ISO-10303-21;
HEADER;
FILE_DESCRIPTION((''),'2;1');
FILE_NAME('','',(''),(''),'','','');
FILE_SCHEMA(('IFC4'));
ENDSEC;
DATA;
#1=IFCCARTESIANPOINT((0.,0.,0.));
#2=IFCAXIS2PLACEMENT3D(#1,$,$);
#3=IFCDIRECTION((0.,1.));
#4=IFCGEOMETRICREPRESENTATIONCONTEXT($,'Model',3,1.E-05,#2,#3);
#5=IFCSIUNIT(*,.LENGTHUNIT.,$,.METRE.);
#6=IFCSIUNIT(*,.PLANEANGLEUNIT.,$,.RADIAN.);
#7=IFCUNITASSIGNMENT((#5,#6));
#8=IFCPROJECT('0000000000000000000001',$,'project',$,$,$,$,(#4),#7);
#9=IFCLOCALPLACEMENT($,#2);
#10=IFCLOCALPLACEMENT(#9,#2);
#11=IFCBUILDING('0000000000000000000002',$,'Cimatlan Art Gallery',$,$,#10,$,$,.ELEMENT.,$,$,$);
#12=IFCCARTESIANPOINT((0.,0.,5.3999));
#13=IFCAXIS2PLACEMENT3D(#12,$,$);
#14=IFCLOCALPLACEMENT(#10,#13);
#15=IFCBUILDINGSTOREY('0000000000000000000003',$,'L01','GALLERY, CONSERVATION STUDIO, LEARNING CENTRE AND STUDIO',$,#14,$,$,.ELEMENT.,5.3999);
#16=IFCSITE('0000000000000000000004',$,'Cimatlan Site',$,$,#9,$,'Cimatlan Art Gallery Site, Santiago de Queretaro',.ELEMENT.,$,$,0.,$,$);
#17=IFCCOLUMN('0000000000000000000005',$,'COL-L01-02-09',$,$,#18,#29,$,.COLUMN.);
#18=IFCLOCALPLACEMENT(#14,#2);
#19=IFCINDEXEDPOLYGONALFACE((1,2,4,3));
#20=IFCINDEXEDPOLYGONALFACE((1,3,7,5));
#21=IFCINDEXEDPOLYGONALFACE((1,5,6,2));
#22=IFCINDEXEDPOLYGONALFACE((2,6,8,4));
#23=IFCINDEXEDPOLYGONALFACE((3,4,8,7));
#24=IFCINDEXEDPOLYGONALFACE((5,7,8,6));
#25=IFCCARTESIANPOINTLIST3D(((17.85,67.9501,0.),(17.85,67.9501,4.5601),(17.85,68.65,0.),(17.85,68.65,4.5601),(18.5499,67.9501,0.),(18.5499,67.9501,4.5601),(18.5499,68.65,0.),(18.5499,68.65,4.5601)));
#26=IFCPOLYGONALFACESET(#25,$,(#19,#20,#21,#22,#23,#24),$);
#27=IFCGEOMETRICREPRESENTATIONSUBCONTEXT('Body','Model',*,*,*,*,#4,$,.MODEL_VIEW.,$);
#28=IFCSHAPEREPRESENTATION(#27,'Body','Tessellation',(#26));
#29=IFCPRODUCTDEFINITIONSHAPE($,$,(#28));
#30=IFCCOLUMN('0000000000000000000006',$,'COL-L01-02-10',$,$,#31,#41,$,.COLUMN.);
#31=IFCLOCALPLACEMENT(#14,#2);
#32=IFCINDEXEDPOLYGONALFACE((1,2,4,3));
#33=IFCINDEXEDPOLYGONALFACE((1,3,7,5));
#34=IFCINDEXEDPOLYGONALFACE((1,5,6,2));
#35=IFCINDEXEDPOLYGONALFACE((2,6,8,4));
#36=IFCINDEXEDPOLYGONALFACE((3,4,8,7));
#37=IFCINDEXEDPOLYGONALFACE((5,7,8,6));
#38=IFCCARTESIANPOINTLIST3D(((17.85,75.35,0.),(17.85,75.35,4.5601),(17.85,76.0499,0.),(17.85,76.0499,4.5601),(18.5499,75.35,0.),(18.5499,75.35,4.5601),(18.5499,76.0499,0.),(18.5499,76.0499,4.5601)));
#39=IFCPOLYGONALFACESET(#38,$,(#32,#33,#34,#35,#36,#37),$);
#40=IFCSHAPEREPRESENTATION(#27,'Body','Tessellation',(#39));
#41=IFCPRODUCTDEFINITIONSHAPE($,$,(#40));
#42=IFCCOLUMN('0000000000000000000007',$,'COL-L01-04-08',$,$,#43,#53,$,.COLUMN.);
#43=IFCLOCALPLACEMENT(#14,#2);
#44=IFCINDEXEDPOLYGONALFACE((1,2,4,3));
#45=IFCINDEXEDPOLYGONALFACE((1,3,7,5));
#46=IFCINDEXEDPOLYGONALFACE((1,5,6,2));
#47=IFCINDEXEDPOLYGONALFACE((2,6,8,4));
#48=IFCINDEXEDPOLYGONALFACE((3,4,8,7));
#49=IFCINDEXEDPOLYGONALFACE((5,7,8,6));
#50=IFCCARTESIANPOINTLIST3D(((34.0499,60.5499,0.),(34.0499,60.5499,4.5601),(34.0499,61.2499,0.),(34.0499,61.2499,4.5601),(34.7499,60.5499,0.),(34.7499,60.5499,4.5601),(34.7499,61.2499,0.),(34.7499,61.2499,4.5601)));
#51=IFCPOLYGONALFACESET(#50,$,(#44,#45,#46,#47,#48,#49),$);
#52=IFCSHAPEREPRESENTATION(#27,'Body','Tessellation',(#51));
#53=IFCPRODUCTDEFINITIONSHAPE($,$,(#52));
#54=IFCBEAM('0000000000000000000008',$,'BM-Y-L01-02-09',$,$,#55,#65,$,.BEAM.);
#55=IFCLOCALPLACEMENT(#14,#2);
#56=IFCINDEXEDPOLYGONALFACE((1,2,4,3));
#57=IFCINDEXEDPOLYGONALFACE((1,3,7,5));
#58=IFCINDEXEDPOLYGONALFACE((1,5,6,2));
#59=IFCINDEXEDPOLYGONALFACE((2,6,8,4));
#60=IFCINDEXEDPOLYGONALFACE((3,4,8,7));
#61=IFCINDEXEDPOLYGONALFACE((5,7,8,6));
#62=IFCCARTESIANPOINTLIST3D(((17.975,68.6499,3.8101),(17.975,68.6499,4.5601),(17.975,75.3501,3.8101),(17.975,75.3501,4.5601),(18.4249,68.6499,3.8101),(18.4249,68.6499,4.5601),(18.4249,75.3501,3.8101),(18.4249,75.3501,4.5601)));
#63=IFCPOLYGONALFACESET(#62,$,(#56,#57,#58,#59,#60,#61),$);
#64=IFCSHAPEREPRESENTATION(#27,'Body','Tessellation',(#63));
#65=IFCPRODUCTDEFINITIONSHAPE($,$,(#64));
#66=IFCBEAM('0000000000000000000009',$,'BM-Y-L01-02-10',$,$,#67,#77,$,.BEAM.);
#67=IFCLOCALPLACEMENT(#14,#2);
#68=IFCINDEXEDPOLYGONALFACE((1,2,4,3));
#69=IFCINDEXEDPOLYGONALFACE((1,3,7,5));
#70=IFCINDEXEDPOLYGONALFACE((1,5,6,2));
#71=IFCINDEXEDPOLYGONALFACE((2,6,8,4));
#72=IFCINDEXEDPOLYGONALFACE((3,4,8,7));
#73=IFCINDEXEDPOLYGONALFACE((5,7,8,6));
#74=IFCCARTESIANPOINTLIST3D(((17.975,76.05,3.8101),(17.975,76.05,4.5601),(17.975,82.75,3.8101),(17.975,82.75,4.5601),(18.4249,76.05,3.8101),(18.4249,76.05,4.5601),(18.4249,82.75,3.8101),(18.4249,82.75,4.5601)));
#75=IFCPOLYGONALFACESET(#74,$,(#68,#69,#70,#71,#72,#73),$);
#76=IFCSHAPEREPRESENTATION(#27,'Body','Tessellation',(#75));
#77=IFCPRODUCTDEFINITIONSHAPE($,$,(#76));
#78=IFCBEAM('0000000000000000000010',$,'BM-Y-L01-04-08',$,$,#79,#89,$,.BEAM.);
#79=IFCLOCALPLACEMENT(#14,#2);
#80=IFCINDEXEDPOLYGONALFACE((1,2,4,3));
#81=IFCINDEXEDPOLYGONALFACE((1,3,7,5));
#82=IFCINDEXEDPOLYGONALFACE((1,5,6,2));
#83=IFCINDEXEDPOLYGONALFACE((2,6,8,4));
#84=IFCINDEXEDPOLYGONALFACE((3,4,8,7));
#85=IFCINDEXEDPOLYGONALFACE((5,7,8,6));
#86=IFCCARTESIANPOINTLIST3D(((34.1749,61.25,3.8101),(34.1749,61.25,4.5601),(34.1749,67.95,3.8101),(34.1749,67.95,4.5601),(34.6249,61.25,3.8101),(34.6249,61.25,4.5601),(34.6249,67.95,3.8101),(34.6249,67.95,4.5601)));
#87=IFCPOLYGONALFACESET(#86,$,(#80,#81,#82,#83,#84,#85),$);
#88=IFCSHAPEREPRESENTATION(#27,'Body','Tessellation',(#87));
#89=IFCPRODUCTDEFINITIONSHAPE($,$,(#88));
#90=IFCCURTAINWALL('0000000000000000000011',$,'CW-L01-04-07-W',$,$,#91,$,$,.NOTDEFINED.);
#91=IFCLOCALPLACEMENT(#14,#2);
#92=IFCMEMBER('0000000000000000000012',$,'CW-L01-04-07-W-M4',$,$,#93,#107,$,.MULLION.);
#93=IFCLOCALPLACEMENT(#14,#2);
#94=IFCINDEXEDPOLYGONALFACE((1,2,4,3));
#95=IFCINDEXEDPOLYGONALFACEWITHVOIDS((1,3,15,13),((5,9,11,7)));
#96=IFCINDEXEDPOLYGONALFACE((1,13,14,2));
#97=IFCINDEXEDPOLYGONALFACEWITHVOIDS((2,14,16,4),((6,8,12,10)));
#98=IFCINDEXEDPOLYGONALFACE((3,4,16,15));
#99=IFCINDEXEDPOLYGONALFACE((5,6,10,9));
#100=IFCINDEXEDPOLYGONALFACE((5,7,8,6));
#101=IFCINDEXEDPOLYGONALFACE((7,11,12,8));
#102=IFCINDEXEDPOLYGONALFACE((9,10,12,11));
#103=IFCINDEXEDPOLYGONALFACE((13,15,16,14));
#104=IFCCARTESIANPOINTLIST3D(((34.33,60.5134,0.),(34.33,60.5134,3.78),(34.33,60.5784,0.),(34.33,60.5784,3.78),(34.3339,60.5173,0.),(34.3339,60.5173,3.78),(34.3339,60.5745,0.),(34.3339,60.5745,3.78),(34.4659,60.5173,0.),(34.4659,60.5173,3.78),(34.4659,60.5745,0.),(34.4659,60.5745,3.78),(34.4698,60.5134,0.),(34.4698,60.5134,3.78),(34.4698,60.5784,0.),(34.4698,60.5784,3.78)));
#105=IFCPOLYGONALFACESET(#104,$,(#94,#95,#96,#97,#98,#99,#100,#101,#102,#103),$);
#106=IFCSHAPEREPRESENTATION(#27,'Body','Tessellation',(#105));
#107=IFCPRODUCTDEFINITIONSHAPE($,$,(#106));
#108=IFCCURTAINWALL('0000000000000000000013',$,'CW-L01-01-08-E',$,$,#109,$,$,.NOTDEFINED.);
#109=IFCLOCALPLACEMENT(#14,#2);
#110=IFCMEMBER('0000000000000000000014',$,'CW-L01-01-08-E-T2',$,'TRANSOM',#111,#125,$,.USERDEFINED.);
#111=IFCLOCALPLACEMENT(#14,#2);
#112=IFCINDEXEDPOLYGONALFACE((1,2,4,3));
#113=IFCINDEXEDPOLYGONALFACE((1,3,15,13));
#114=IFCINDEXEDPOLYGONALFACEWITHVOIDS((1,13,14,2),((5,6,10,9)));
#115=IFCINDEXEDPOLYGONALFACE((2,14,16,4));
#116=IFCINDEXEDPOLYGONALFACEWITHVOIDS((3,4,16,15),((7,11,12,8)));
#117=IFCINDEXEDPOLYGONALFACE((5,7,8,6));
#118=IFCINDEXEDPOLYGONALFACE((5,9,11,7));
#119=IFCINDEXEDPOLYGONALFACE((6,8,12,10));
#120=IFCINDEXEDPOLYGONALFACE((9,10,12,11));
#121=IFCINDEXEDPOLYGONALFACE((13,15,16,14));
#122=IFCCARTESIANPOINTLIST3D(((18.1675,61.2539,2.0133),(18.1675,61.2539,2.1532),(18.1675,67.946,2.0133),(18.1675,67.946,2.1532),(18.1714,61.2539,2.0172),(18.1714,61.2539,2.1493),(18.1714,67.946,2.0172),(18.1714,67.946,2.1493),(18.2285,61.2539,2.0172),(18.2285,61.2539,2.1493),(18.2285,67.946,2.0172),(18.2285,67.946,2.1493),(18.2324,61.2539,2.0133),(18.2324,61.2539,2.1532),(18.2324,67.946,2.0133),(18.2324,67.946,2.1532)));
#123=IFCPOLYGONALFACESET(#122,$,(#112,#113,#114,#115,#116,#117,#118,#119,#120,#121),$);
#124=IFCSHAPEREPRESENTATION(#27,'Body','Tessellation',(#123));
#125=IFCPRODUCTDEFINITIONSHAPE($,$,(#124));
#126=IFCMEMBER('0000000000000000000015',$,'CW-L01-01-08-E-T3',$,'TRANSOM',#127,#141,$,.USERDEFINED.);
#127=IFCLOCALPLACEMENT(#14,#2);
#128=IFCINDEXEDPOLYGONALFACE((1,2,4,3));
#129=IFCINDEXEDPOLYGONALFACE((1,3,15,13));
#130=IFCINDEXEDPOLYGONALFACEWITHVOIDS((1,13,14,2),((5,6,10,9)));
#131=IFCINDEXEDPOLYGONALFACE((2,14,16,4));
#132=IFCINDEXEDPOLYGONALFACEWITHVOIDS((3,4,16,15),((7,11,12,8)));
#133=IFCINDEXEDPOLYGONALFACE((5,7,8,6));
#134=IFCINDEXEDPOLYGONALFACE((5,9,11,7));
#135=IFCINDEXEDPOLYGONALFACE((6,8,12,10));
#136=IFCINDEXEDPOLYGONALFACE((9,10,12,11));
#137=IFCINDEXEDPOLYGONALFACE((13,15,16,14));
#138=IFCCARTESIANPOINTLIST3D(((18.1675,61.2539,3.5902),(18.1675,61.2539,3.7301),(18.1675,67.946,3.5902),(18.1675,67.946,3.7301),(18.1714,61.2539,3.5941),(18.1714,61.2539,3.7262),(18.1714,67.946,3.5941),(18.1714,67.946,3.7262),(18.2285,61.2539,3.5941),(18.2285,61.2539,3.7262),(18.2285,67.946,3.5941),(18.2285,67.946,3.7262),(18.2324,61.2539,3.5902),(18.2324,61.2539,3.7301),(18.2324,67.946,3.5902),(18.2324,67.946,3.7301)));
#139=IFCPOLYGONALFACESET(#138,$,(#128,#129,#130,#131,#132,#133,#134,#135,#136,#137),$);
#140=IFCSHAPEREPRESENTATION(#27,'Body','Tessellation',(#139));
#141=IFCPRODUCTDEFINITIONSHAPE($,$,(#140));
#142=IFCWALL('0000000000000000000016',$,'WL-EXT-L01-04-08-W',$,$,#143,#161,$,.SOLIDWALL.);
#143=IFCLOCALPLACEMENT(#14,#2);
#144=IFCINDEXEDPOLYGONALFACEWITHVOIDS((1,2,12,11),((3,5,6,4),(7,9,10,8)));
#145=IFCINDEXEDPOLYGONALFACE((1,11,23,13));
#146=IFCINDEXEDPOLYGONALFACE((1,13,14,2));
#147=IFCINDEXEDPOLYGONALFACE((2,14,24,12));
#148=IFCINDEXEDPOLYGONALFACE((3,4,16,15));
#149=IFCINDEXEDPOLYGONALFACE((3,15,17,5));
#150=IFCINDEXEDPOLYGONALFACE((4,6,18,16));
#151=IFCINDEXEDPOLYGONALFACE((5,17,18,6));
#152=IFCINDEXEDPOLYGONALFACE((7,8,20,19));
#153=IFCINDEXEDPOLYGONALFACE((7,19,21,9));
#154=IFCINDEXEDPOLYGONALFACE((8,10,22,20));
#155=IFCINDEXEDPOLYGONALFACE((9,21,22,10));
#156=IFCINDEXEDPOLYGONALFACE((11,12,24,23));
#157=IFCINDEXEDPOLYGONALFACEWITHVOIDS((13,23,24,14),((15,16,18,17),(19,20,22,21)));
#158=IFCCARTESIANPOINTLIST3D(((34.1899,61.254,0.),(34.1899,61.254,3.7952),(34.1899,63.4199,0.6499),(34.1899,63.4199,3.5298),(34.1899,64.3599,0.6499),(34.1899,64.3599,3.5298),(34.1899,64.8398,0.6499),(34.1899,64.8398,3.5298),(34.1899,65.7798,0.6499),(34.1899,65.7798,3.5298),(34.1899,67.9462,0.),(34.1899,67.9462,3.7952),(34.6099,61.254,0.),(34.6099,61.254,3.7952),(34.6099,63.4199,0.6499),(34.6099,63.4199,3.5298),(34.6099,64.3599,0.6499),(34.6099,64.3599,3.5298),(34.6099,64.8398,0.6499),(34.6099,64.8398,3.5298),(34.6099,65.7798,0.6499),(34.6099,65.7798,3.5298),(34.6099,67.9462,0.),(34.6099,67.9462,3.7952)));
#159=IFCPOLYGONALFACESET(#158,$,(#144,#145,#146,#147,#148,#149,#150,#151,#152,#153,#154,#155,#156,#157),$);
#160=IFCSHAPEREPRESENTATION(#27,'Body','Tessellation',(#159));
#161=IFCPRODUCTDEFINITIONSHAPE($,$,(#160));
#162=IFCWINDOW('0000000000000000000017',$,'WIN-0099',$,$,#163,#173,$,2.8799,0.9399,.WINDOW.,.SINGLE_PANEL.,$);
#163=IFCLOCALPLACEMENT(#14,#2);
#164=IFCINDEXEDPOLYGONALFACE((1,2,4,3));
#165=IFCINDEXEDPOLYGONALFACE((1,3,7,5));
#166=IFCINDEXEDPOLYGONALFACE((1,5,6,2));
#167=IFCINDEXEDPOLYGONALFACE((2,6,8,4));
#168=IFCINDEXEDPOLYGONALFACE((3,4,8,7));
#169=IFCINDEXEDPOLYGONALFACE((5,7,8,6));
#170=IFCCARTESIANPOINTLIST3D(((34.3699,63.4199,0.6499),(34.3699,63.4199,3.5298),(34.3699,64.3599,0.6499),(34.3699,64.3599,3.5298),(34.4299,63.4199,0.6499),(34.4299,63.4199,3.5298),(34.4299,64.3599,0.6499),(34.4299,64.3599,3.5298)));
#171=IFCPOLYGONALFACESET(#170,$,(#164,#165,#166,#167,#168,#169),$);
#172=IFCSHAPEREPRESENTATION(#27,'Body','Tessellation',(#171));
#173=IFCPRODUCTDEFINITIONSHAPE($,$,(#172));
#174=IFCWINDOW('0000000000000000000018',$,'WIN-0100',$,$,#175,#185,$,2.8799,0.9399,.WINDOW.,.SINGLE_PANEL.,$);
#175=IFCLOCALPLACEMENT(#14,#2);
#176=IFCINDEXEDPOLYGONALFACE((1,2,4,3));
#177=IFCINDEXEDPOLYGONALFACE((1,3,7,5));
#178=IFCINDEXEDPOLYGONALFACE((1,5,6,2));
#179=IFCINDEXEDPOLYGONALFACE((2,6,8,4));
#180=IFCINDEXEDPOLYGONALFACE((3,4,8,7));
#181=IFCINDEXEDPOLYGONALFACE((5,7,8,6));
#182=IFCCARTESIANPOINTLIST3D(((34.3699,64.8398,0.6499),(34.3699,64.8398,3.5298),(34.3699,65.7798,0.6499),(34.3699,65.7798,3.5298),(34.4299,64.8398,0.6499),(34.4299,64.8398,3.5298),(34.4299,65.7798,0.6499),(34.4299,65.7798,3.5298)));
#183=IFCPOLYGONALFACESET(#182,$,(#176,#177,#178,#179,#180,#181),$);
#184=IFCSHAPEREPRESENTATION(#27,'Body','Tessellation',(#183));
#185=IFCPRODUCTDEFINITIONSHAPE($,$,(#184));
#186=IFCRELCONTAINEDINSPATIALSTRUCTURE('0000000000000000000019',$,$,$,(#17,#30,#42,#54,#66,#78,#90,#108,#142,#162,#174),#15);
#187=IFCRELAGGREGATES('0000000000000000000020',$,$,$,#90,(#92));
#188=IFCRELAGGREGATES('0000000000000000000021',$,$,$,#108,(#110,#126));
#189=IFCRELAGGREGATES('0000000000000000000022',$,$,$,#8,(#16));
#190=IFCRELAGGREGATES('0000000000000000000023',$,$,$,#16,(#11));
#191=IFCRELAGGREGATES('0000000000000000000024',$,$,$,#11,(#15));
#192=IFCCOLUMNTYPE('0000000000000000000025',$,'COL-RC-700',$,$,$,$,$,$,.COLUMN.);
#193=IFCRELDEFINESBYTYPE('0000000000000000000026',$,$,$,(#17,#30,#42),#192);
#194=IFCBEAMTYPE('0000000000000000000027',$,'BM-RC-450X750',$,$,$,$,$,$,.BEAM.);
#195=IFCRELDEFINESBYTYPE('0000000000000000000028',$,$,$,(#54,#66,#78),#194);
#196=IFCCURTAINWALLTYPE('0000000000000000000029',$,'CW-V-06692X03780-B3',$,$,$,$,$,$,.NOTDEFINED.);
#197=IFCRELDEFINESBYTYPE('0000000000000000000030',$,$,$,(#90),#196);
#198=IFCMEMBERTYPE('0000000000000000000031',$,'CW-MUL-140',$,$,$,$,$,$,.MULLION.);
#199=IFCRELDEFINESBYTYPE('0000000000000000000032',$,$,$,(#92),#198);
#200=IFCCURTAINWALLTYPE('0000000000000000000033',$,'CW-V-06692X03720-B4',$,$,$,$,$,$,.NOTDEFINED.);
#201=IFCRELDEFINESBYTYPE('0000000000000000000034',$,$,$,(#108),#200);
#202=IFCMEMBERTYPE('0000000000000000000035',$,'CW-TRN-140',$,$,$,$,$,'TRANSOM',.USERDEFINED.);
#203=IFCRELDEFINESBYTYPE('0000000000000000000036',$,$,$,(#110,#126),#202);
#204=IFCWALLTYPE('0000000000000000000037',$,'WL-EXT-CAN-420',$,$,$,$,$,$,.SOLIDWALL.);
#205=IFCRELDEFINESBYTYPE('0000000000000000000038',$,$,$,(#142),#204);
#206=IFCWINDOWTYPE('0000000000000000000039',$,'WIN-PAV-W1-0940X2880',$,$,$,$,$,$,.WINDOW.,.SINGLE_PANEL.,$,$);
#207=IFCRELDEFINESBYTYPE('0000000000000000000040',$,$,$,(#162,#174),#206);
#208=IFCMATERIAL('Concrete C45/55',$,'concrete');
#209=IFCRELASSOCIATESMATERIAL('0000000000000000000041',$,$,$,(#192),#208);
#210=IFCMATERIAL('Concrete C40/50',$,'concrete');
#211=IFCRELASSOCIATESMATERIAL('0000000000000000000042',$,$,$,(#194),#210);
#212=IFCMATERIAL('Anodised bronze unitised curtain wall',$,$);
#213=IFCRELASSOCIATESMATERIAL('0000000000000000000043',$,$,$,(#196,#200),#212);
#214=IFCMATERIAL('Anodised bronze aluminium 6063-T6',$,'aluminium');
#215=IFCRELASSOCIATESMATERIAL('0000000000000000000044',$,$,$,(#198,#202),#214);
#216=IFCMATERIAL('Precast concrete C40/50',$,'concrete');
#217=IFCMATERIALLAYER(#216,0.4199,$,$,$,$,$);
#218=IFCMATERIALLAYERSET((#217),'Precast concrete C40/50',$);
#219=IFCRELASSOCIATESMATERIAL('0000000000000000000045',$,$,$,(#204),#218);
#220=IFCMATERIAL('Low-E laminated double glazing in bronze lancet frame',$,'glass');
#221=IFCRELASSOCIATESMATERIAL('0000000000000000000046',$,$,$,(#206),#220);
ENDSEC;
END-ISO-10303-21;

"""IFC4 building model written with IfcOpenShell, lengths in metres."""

from ifc_helpers import new_model, si_unit, direction, frame, frame_2d, origin, origin_2d, place, context, subcontext, project, spatial, rectangle, hollow_rectangle, extrude, material, layer, layer_set, material_profile, profile_set, type_object, element, fill, aggregate, save


model = new_model("IFC4")

# Units and contexts
model_context = context("Model", 3, precision=1e-05, world=origin(), true_north=direction((0.0, 1.0)))
body_context = subcontext(model_context, "Body", "Model", "MODEL_VIEW")
ifc_project = project(units=[si_unit("LENGTHUNIT", "METRE"), si_unit("PLANEANGLEUNIT", "RADIAN")], contexts=[model_context])

# Site, building, storey
site_placement = place(None, origin())
site = spatial("IfcSite", under=ifc_project, at=site_placement, Name="Cimatlan Site", LongName="Cimatlan Art Gallery Site, Santiago de Queretaro", CompositionType="ELEMENT", RefElevation=0.0)
building_placement = place(site_placement, origin())
building = spatial("IfcBuilding", under=site, at=building_placement, Name="Cimatlan Art Gallery", CompositionType="ELEMENT")
storey_placement = place(building_placement, frame((0.0, 0.0, 5.3999)))
storey = spatial("IfcBuildingStorey", under=building, at=storey_placement, Name="L01", Description="GALLERY, CONSERVATION STUDIO, LEARNING CENTRE AND STUDIO", CompositionType="ELEMENT", Elevation=5.3999)

# Columns
ifc_material_1 = material(Name="Concrete C45/55", Category="concrete")
ifc_material_profile_1 = material_profile(ifc_material_1, rectangle(XDim=0.7, YDim=0.7, at=origin_2d()), Name="RC700X700")
ifc_profile_set_1 = profile_set([ifc_material_profile_1], Name="Concrete C45/55")
column_type = type_object("IfcColumnType", Name="COL-RC-700", PredefinedType="COLUMN", material=ifc_profile_set_1)
for number, where, z_axis, x_axis, name in (
    (1, (18.2, 68.3, 0.0), (0.0, 0.0, 1.0), (1.0, 0.0, 0.0), "COL-L01-02-09"),
    (2, (18.2, 75.7, 0.0), (0.0, 0.0, 1.0), (1.0, 0.0, 0.0), "COL-L01-02-10"),
    (3, (34.3999, 60.8999, 0.0), (0.0, 0.0, 1.0), (1.0, 0.0, 0.0), "COL-L01-04-08"),
):
    element("IfcColumn", number, at=place(storey_placement, frame(where, z_axis=z_axis, x_axis=x_axis)), inside=storey, type_object=column_type, Name=name, PredefinedType="COLUMN", context=body_context, shape_type="SweptSolid", body=[
        extrude(rectangle(XDim=0.7, YDim=0.7, at=origin_2d()), origin(), (0.0, 0.0, 1.0), 4.5601),
    ])

# Beams
ifc_material_2 = material(Name="Concrete C40/50", Category="concrete")
ifc_material_profile_2 = material_profile(ifc_material_2, rectangle(XDim=0.45, YDim=0.75, at=origin_2d()), Name="RC450X750")
ifc_profile_set_2 = profile_set([ifc_material_profile_2], Name="Concrete C40/50")
beam_type = type_object("IfcBeamType", Name="BM-RC-450X750", PredefinedType="BEAM", material=ifc_profile_set_2)
beam_placement = place(storey_placement, frame((18.2, 68.6499, 4.1851), z_axis=(0.0, 1.0, 0.0), x_axis=(-1.0, 0.0, 0.0)))
element("IfcBeam", 4, at=beam_placement, inside=storey, type_object=beam_type, Name="BM-Y-L01-02-09", PredefinedType="BEAM", context=body_context, shape_type="SweptSolid", body=[
    extrude(rectangle(XDim=0.45, YDim=0.75, at=origin_2d()), origin(), (0.0, 0.0, 1.0), 6.7002),
])
for number, where, z_axis, x_axis, name in (
    (5, (18.2, 76.05, 4.1851), (0.0, 1.0, 0.0), (-1.0, 0.0, 0.0), "BM-Y-L01-02-10"),
    (6, (34.3999, 61.25, 4.1851), (0.0, 1.0, 0.0), (-1.0, 0.0, 0.0), "BM-Y-L01-04-08"),
):
    element("IfcBeam", number, at=place(storey_placement, frame(where, z_axis=z_axis, x_axis=x_axis)), inside=storey, type_object=beam_type, Name=name, PredefinedType="BEAM", context=body_context, shape_type="SweptSolid", body=[
        extrude(rectangle(XDim=0.45, YDim=0.75, at=origin_2d()), origin(), (0.0, 0.0, 1.0), 6.7),
    ])

# Curtain wall, member
ifc_material_3 = material(Name="Anodised bronze unitised curtain wall")
curtain_wall_type_1 = type_object("IfcCurtainWallType", Name="CW-V-06692X03780-B3", PredefinedType="NOTDEFINED", material=ifc_material_3)
curtain_wall_1_placement = place(storey_placement, origin())
curtain_wall_1 = element("IfcCurtainWall", 7, at=curtain_wall_1_placement, inside=storey, type_object=curtain_wall_type_1, Name="CW-L01-04-07-W", PredefinedType="NOTDEFINED")
ifc_material_4 = material(Name="Anodised bronze aluminium 6063-T6", Category="aluminium")
ifc_material_profile_3 = material_profile(ifc_material_4, hollow_rectangle(XDim=0.0649, YDim=0.1399, WallThickness=0.0039, at=origin_2d()), Name="ALU65X140X4")
ifc_profile_set_3 = profile_set([ifc_material_profile_3], Name="Anodised bronze aluminium 6063-T6")
member_type_1 = type_object("IfcMemberType", Name="CW-MUL-140", PredefinedType="MULLION", material=ifc_profile_set_3)
member_1_placement = place(storey_placement, frame((34.3999, 60.5459, 0.0), z_axis=(0.0, 0.0, 1.0), x_axis=(0.0, 1.0, 0.0)))
member_1 = element("IfcMember", 8, at=member_1_placement, type_object=member_type_1, Name="CW-L01-04-07-W-M4", PredefinedType="MULLION", context=body_context, shape_type="SweptSolid", body=[
    extrude(hollow_rectangle(XDim=0.0649, YDim=0.1399, WallThickness=0.0039, at=origin_2d()), origin(), (0.0, 0.0, 1.0), 3.78),
])
aggregate(curtain_wall_1, [member_1])

# Curtain wall, members
curtain_wall_type_2 = type_object("IfcCurtainWallType", Name="CW-V-06692X03720-B4", PredefinedType="NOTDEFINED", material=ifc_material_3)
curtain_wall_2_placement = place(storey_placement, origin())
curtain_wall_2 = element("IfcCurtainWall", 9, at=curtain_wall_2_placement, inside=storey, type_object=curtain_wall_type_2, Name="CW-L01-01-08-E", PredefinedType="NOTDEFINED")
ifc_material_profile_4 = material_profile(ifc_material_4, hollow_rectangle(XDim=0.0649, YDim=0.1399, WallThickness=0.0039, at=origin_2d()), Name="ALU65X140X4")
ifc_profile_set_4 = profile_set([ifc_material_profile_4], Name="Anodised bronze aluminium 6063-T6")
member_type_2 = type_object("IfcMemberType", Name="CW-TRN-140", ElementType="TRANSOM", PredefinedType="USERDEFINED", material=ifc_profile_set_4)
member_2_placement = place(storey_placement, frame((18.2, 67.946, 2.0833), z_axis=(0.0, -1.0, 0.0), x_axis=(1.0, 0.0, 0.0)))
member_2 = element("IfcMember", 10, at=member_2_placement, type_object=member_type_2, Name="CW-L01-01-08-E-T2", ObjectType="TRANSOM", PredefinedType="USERDEFINED", context=body_context, shape_type="SweptSolid", body=[
    extrude(hollow_rectangle(XDim=0.0649, YDim=0.1399, WallThickness=0.0039, at=origin_2d()), origin(), (0.0, 0.0, 1.0), 6.6921),
])
member_3_placement = place(storey_placement, frame((18.2, 67.946, 3.6602), z_axis=(0.0, -1.0, 0.0), x_axis=(1.0, 0.0, 0.0)))
member_3 = element("IfcMember", 11, at=member_3_placement, type_object=member_type_2, Name="CW-L01-01-08-E-T3", ObjectType="TRANSOM", PredefinedType="USERDEFINED", context=body_context, shape_type="SweptSolid", body=[
    extrude(hollow_rectangle(XDim=0.0649, YDim=0.1399, WallThickness=0.0039, at=origin_2d()), origin(), (0.0, 0.0, 1.0), 6.6921),
])
aggregate(curtain_wall_2, [member_2, member_3])

# Wall, openings, windows
ifc_material_5 = material(Name="Precast concrete C40/50", Category="concrete")
ifc_layer_1 = layer(ifc_material_5, 0.4199)
ifc_layer_set_1 = layer_set([ifc_layer_1], Name="Precast concrete C40/50")
wall_type_1 = type_object("IfcWallType", Name="WL-EXT-CAN-420", PredefinedType="SOLIDWALL", material=ifc_layer_set_1)
wall_1_placement = place(storey_placement, frame((34.3999, 61.2539, 0.0), z_axis=(0.0, 0.0, 1.0), x_axis=(0.0, 1.0, 0.0)))
wall_1 = element("IfcWall", 12, at=wall_1_placement, inside=storey, type_object=wall_type_1, Name="WL-EXT-L01-04-08-W", PredefinedType="SOLIDWALL", context=body_context, shape_type="SweptSolid", body=[
    extrude(rectangle(XDim=6.6921, YDim=0.4199, at=frame_2d((3.3462, 0.0))), origin(), (0.0, 0.0, 1.0), 3.7952),
])
opening_1_placement = place(wall_1_placement, frame((2.166, 0.0, 0.6499)))
opening_1 = element("IfcOpeningElement", 13, at=opening_1_placement, cuts=wall_1, PredefinedType="OPENING", context=body_context, shape_type="SweptSolid", body=[
    extrude(rectangle(XDim=0.9399, YDim=2.8799, at=frame_2d((0.47, 1.4399))), frame((0.0, 0.22, 0.0), z_axis=(0.0, -1.0, 0.0), x_axis=(1.0, 0.0, 0.0)), (0.0, 0.0, 1.0), 0.4399),
])
opening_2_placement = place(wall_1_placement, frame((3.5859, 0.0, 0.6499)))
opening_2 = element("IfcOpeningElement", 14, at=opening_2_placement, cuts=wall_1, PredefinedType="OPENING", context=body_context, shape_type="SweptSolid", body=[
    extrude(rectangle(XDim=0.9399, YDim=2.8799, at=frame_2d((0.47, 1.4399))), frame((0.0, 0.22, 0.0), z_axis=(0.0, -1.0, 0.0), x_axis=(1.0, 0.0, 0.0)), (0.0, 0.0, 1.0), 0.4399),
])
ifc_material_6 = material(Name="Low-E laminated double glazing in bronze lancet frame", Category="glass")
window_type_1 = type_object("IfcWindowType", Name="WIN-PAV-W1-0940X2880", PartitioningType="SINGLE_PANEL", PredefinedType="WINDOW", material=ifc_material_6)
window_1_placement = place(opening_1_placement, origin())
window_1 = element("IfcWindow", 15, at=window_1_placement, inside=storey, type_object=window_type_1, Name="WIN-0099", OverallHeight=2.8799, OverallWidth=0.9399, PartitioningType="SINGLE_PANEL", PredefinedType="WINDOW", context=body_context, shape_type="SweptSolid", body=[
    extrude(rectangle(XDim=0.9399, YDim=2.8799, at=frame_2d((0.47, 1.4399))), frame((0.0, 0.03, 0.0), z_axis=(0.0, -1.0, 0.0), x_axis=(1.0, 0.0, 0.0)), (0.0, 0.0, 1.0), 0.0601),
])
fill(opening_1, window_1)
window_2_placement = place(opening_2_placement, origin())
window_2 = element("IfcWindow", 16, at=window_2_placement, inside=storey, type_object=window_type_1, Name="WIN-0100", OverallHeight=2.8799, OverallWidth=0.9399, PartitioningType="SINGLE_PANEL", PredefinedType="WINDOW", context=body_context, shape_type="SweptSolid", body=[
    extrude(rectangle(XDim=0.9399, YDim=2.8799, at=frame_2d((0.47, 1.4399))), frame((0.0, 0.03, 0.0), z_axis=(0.0, -1.0, 0.0), x_axis=(1.0, 0.0, 0.0)), (0.0, 0.0, 1.0), 0.0601),
])
fill(opening_2, window_2)

save(model, "model.ifc")
